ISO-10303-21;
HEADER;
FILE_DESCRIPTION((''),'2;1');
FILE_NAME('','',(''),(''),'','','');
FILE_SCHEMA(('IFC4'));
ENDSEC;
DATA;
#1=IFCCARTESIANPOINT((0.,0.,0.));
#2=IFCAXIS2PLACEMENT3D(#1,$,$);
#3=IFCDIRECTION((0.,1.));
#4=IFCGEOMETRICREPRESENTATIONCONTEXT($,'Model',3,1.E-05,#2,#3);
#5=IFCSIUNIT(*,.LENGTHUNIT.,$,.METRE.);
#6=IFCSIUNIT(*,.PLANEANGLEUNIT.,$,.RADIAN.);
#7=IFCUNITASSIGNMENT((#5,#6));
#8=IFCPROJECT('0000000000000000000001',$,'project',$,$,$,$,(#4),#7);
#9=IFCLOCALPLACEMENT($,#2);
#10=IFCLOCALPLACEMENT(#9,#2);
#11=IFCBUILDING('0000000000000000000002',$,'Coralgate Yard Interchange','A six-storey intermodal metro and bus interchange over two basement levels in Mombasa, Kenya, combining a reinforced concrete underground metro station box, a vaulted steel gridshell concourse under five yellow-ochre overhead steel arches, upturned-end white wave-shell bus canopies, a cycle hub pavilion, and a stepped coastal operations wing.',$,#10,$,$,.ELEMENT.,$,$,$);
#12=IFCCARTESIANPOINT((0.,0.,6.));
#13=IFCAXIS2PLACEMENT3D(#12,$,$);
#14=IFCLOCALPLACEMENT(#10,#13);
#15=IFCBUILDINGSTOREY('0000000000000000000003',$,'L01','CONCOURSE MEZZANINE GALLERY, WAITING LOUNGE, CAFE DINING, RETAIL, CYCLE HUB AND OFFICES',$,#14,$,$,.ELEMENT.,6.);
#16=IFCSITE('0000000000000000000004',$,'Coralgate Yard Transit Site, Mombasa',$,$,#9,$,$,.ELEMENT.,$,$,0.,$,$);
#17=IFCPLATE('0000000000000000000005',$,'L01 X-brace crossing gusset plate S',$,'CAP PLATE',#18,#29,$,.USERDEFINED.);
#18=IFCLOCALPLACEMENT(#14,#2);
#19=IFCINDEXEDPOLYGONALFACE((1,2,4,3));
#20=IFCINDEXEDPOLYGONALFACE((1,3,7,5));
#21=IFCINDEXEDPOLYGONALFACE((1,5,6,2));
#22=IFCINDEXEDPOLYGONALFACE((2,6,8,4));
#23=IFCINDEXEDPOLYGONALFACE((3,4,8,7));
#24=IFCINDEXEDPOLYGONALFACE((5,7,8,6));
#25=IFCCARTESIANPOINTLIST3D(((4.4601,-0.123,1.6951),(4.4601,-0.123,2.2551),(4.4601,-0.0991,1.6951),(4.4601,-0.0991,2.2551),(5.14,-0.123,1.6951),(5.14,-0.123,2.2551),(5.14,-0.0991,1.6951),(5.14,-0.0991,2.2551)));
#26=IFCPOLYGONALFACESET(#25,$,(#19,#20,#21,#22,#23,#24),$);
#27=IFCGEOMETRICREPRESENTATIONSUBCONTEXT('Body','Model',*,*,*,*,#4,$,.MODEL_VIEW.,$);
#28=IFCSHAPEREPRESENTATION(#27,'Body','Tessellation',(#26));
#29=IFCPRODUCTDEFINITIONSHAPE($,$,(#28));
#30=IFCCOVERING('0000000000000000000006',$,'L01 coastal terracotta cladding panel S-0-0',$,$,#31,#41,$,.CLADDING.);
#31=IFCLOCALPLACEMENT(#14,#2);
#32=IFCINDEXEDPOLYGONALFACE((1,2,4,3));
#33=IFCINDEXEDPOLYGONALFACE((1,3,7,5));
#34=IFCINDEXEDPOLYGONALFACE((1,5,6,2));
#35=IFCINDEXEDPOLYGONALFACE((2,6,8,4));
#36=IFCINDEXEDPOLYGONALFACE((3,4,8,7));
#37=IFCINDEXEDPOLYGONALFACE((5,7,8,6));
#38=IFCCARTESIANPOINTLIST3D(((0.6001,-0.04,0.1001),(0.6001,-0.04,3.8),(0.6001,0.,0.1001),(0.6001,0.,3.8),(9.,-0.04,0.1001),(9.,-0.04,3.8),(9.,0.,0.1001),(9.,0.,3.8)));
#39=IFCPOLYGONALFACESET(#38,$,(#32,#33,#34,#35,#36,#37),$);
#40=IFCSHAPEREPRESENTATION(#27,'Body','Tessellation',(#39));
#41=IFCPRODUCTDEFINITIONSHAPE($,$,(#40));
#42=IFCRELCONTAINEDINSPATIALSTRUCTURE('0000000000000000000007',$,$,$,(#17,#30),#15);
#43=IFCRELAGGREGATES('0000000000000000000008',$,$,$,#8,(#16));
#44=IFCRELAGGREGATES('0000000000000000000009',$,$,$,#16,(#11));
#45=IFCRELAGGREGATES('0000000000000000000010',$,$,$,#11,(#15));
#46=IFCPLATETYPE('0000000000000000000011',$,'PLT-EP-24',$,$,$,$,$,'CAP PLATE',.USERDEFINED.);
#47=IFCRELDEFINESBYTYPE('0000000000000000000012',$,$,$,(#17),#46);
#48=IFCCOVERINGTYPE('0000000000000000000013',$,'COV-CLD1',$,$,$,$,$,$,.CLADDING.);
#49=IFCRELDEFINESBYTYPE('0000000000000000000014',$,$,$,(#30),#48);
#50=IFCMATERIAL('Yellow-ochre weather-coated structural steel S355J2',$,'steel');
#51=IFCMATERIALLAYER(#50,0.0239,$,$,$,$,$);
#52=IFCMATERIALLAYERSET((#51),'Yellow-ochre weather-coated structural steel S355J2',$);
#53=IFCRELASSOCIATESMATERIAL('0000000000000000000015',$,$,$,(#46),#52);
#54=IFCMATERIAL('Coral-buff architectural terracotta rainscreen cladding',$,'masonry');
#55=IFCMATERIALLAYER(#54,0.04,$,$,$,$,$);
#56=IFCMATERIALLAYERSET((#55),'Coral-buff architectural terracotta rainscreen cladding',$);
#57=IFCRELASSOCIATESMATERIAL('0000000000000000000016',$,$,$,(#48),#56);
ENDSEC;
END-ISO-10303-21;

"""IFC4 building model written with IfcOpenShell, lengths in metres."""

from ifc_helpers import new_model, si_unit, direction, frame, origin, origin_2d, place, context, subcontext, project, spatial, rectangle, extrude, material, layer, layer_set, type_object, element, save


model = new_model("IFC4")

# Units and contexts
model_context = context("Model", 3, precision=1e-05, world=origin(), true_north=direction((0.0, 1.0)))
body_context = subcontext(model_context, "Body", "Model", "MODEL_VIEW")
ifc_project = project(units=[si_unit("LENGTHUNIT", "METRE"), si_unit("PLANEANGLEUNIT", "RADIAN")], contexts=[model_context])

# Site, building, storey
site_placement = place(None, origin())
site = spatial("IfcSite", under=ifc_project, at=site_placement, Name="Coralgate Yard Transit Site, Mombasa", CompositionType="ELEMENT", RefElevation=0.0)
building_placement = place(site_placement, origin())
building = spatial("IfcBuilding", under=site, at=building_placement, Name="Coralgate Yard Interchange", Description="A six-storey intermodal metro and bus interchange over two basement levels in Mombasa, Kenya, combining a reinforced concrete underground metro station box, a vaulted steel gridshell concourse under five yellow-ochre overhead steel arches, upturned-end white wave-shell bus canopies, a cycle hub pavilion, and a stepped coastal operations wing.", CompositionType="ELEMENT")
storey_placement = place(building_placement, frame((0.0, 0.0, 6.0)))
storey = spatial("IfcBuildingStorey", under=building, at=storey_placement, Name="L01", Description="CONCOURSE MEZZANINE GALLERY, WAITING LOUNGE, CAFE DINING, RETAIL, CYCLE HUB AND OFFICES", CompositionType="ELEMENT", Elevation=6.0)

# Plate
ifc_material_1 = material(Name="Yellow-ochre weather-coated structural steel S355J2", Category="steel")
ifc_layer_1 = layer(ifc_material_1, 0.0239)
ifc_layer_set_1 = layer_set([ifc_layer_1], Name="Yellow-ochre weather-coated structural steel S355J2")
plate_type_1 = type_object("IfcPlateType", Name="PLT-EP-24", ElementType="CAP PLATE", PredefinedType="USERDEFINED", material=ifc_layer_set_1)
plate_1_placement = place(storey_placement, frame((4.8, -0.1111, 1.6951), z_axis=(0.0, 0.0, 1.0), x_axis=(1.0, 0.0, 0.0)))
element("IfcPlate", 1, at=plate_1_placement, inside=storey, type_object=plate_type_1, Name="L01 X-brace crossing gusset plate S", ObjectType="CAP PLATE", PredefinedType="USERDEFINED", context=body_context, shape_type="SweptSolid", body=[
    extrude(rectangle(XDim=0.6799, YDim=0.0239, at=origin_2d()), origin(), (0.0, 0.0, 1.0), 0.5601),
])

# Covering
ifc_material_2 = material(Name="Coral-buff architectural terracotta rainscreen cladding", Category="masonry")
ifc_layer_2 = layer(ifc_material_2, 0.04)
ifc_layer_set_2 = layer_set([ifc_layer_2], Name="Coral-buff architectural terracotta rainscreen cladding")
covering_type = type_object("IfcCoveringType", Name="COV-CLD1", PredefinedType="CLADDING", material=ifc_layer_set_2)
covering_placement = place(storey_placement, frame((4.8, -0.02, 0.1001), z_axis=(0.0, 0.0, 1.0), x_axis=(-1.0, 0.0, 0.0)))
element("IfcCovering", 2, at=covering_placement, inside=storey, type_object=covering_type, Name="L01 coastal terracotta cladding panel S-0-0", PredefinedType="CLADDING", context=body_context, shape_type="SweptSolid", body=[
    extrude(rectangle(XDim=8.3999, YDim=0.04, at=origin_2d()), origin(), (0.0, 0.0, 1.0), 3.7),
])

save(model, "model.ifc")
